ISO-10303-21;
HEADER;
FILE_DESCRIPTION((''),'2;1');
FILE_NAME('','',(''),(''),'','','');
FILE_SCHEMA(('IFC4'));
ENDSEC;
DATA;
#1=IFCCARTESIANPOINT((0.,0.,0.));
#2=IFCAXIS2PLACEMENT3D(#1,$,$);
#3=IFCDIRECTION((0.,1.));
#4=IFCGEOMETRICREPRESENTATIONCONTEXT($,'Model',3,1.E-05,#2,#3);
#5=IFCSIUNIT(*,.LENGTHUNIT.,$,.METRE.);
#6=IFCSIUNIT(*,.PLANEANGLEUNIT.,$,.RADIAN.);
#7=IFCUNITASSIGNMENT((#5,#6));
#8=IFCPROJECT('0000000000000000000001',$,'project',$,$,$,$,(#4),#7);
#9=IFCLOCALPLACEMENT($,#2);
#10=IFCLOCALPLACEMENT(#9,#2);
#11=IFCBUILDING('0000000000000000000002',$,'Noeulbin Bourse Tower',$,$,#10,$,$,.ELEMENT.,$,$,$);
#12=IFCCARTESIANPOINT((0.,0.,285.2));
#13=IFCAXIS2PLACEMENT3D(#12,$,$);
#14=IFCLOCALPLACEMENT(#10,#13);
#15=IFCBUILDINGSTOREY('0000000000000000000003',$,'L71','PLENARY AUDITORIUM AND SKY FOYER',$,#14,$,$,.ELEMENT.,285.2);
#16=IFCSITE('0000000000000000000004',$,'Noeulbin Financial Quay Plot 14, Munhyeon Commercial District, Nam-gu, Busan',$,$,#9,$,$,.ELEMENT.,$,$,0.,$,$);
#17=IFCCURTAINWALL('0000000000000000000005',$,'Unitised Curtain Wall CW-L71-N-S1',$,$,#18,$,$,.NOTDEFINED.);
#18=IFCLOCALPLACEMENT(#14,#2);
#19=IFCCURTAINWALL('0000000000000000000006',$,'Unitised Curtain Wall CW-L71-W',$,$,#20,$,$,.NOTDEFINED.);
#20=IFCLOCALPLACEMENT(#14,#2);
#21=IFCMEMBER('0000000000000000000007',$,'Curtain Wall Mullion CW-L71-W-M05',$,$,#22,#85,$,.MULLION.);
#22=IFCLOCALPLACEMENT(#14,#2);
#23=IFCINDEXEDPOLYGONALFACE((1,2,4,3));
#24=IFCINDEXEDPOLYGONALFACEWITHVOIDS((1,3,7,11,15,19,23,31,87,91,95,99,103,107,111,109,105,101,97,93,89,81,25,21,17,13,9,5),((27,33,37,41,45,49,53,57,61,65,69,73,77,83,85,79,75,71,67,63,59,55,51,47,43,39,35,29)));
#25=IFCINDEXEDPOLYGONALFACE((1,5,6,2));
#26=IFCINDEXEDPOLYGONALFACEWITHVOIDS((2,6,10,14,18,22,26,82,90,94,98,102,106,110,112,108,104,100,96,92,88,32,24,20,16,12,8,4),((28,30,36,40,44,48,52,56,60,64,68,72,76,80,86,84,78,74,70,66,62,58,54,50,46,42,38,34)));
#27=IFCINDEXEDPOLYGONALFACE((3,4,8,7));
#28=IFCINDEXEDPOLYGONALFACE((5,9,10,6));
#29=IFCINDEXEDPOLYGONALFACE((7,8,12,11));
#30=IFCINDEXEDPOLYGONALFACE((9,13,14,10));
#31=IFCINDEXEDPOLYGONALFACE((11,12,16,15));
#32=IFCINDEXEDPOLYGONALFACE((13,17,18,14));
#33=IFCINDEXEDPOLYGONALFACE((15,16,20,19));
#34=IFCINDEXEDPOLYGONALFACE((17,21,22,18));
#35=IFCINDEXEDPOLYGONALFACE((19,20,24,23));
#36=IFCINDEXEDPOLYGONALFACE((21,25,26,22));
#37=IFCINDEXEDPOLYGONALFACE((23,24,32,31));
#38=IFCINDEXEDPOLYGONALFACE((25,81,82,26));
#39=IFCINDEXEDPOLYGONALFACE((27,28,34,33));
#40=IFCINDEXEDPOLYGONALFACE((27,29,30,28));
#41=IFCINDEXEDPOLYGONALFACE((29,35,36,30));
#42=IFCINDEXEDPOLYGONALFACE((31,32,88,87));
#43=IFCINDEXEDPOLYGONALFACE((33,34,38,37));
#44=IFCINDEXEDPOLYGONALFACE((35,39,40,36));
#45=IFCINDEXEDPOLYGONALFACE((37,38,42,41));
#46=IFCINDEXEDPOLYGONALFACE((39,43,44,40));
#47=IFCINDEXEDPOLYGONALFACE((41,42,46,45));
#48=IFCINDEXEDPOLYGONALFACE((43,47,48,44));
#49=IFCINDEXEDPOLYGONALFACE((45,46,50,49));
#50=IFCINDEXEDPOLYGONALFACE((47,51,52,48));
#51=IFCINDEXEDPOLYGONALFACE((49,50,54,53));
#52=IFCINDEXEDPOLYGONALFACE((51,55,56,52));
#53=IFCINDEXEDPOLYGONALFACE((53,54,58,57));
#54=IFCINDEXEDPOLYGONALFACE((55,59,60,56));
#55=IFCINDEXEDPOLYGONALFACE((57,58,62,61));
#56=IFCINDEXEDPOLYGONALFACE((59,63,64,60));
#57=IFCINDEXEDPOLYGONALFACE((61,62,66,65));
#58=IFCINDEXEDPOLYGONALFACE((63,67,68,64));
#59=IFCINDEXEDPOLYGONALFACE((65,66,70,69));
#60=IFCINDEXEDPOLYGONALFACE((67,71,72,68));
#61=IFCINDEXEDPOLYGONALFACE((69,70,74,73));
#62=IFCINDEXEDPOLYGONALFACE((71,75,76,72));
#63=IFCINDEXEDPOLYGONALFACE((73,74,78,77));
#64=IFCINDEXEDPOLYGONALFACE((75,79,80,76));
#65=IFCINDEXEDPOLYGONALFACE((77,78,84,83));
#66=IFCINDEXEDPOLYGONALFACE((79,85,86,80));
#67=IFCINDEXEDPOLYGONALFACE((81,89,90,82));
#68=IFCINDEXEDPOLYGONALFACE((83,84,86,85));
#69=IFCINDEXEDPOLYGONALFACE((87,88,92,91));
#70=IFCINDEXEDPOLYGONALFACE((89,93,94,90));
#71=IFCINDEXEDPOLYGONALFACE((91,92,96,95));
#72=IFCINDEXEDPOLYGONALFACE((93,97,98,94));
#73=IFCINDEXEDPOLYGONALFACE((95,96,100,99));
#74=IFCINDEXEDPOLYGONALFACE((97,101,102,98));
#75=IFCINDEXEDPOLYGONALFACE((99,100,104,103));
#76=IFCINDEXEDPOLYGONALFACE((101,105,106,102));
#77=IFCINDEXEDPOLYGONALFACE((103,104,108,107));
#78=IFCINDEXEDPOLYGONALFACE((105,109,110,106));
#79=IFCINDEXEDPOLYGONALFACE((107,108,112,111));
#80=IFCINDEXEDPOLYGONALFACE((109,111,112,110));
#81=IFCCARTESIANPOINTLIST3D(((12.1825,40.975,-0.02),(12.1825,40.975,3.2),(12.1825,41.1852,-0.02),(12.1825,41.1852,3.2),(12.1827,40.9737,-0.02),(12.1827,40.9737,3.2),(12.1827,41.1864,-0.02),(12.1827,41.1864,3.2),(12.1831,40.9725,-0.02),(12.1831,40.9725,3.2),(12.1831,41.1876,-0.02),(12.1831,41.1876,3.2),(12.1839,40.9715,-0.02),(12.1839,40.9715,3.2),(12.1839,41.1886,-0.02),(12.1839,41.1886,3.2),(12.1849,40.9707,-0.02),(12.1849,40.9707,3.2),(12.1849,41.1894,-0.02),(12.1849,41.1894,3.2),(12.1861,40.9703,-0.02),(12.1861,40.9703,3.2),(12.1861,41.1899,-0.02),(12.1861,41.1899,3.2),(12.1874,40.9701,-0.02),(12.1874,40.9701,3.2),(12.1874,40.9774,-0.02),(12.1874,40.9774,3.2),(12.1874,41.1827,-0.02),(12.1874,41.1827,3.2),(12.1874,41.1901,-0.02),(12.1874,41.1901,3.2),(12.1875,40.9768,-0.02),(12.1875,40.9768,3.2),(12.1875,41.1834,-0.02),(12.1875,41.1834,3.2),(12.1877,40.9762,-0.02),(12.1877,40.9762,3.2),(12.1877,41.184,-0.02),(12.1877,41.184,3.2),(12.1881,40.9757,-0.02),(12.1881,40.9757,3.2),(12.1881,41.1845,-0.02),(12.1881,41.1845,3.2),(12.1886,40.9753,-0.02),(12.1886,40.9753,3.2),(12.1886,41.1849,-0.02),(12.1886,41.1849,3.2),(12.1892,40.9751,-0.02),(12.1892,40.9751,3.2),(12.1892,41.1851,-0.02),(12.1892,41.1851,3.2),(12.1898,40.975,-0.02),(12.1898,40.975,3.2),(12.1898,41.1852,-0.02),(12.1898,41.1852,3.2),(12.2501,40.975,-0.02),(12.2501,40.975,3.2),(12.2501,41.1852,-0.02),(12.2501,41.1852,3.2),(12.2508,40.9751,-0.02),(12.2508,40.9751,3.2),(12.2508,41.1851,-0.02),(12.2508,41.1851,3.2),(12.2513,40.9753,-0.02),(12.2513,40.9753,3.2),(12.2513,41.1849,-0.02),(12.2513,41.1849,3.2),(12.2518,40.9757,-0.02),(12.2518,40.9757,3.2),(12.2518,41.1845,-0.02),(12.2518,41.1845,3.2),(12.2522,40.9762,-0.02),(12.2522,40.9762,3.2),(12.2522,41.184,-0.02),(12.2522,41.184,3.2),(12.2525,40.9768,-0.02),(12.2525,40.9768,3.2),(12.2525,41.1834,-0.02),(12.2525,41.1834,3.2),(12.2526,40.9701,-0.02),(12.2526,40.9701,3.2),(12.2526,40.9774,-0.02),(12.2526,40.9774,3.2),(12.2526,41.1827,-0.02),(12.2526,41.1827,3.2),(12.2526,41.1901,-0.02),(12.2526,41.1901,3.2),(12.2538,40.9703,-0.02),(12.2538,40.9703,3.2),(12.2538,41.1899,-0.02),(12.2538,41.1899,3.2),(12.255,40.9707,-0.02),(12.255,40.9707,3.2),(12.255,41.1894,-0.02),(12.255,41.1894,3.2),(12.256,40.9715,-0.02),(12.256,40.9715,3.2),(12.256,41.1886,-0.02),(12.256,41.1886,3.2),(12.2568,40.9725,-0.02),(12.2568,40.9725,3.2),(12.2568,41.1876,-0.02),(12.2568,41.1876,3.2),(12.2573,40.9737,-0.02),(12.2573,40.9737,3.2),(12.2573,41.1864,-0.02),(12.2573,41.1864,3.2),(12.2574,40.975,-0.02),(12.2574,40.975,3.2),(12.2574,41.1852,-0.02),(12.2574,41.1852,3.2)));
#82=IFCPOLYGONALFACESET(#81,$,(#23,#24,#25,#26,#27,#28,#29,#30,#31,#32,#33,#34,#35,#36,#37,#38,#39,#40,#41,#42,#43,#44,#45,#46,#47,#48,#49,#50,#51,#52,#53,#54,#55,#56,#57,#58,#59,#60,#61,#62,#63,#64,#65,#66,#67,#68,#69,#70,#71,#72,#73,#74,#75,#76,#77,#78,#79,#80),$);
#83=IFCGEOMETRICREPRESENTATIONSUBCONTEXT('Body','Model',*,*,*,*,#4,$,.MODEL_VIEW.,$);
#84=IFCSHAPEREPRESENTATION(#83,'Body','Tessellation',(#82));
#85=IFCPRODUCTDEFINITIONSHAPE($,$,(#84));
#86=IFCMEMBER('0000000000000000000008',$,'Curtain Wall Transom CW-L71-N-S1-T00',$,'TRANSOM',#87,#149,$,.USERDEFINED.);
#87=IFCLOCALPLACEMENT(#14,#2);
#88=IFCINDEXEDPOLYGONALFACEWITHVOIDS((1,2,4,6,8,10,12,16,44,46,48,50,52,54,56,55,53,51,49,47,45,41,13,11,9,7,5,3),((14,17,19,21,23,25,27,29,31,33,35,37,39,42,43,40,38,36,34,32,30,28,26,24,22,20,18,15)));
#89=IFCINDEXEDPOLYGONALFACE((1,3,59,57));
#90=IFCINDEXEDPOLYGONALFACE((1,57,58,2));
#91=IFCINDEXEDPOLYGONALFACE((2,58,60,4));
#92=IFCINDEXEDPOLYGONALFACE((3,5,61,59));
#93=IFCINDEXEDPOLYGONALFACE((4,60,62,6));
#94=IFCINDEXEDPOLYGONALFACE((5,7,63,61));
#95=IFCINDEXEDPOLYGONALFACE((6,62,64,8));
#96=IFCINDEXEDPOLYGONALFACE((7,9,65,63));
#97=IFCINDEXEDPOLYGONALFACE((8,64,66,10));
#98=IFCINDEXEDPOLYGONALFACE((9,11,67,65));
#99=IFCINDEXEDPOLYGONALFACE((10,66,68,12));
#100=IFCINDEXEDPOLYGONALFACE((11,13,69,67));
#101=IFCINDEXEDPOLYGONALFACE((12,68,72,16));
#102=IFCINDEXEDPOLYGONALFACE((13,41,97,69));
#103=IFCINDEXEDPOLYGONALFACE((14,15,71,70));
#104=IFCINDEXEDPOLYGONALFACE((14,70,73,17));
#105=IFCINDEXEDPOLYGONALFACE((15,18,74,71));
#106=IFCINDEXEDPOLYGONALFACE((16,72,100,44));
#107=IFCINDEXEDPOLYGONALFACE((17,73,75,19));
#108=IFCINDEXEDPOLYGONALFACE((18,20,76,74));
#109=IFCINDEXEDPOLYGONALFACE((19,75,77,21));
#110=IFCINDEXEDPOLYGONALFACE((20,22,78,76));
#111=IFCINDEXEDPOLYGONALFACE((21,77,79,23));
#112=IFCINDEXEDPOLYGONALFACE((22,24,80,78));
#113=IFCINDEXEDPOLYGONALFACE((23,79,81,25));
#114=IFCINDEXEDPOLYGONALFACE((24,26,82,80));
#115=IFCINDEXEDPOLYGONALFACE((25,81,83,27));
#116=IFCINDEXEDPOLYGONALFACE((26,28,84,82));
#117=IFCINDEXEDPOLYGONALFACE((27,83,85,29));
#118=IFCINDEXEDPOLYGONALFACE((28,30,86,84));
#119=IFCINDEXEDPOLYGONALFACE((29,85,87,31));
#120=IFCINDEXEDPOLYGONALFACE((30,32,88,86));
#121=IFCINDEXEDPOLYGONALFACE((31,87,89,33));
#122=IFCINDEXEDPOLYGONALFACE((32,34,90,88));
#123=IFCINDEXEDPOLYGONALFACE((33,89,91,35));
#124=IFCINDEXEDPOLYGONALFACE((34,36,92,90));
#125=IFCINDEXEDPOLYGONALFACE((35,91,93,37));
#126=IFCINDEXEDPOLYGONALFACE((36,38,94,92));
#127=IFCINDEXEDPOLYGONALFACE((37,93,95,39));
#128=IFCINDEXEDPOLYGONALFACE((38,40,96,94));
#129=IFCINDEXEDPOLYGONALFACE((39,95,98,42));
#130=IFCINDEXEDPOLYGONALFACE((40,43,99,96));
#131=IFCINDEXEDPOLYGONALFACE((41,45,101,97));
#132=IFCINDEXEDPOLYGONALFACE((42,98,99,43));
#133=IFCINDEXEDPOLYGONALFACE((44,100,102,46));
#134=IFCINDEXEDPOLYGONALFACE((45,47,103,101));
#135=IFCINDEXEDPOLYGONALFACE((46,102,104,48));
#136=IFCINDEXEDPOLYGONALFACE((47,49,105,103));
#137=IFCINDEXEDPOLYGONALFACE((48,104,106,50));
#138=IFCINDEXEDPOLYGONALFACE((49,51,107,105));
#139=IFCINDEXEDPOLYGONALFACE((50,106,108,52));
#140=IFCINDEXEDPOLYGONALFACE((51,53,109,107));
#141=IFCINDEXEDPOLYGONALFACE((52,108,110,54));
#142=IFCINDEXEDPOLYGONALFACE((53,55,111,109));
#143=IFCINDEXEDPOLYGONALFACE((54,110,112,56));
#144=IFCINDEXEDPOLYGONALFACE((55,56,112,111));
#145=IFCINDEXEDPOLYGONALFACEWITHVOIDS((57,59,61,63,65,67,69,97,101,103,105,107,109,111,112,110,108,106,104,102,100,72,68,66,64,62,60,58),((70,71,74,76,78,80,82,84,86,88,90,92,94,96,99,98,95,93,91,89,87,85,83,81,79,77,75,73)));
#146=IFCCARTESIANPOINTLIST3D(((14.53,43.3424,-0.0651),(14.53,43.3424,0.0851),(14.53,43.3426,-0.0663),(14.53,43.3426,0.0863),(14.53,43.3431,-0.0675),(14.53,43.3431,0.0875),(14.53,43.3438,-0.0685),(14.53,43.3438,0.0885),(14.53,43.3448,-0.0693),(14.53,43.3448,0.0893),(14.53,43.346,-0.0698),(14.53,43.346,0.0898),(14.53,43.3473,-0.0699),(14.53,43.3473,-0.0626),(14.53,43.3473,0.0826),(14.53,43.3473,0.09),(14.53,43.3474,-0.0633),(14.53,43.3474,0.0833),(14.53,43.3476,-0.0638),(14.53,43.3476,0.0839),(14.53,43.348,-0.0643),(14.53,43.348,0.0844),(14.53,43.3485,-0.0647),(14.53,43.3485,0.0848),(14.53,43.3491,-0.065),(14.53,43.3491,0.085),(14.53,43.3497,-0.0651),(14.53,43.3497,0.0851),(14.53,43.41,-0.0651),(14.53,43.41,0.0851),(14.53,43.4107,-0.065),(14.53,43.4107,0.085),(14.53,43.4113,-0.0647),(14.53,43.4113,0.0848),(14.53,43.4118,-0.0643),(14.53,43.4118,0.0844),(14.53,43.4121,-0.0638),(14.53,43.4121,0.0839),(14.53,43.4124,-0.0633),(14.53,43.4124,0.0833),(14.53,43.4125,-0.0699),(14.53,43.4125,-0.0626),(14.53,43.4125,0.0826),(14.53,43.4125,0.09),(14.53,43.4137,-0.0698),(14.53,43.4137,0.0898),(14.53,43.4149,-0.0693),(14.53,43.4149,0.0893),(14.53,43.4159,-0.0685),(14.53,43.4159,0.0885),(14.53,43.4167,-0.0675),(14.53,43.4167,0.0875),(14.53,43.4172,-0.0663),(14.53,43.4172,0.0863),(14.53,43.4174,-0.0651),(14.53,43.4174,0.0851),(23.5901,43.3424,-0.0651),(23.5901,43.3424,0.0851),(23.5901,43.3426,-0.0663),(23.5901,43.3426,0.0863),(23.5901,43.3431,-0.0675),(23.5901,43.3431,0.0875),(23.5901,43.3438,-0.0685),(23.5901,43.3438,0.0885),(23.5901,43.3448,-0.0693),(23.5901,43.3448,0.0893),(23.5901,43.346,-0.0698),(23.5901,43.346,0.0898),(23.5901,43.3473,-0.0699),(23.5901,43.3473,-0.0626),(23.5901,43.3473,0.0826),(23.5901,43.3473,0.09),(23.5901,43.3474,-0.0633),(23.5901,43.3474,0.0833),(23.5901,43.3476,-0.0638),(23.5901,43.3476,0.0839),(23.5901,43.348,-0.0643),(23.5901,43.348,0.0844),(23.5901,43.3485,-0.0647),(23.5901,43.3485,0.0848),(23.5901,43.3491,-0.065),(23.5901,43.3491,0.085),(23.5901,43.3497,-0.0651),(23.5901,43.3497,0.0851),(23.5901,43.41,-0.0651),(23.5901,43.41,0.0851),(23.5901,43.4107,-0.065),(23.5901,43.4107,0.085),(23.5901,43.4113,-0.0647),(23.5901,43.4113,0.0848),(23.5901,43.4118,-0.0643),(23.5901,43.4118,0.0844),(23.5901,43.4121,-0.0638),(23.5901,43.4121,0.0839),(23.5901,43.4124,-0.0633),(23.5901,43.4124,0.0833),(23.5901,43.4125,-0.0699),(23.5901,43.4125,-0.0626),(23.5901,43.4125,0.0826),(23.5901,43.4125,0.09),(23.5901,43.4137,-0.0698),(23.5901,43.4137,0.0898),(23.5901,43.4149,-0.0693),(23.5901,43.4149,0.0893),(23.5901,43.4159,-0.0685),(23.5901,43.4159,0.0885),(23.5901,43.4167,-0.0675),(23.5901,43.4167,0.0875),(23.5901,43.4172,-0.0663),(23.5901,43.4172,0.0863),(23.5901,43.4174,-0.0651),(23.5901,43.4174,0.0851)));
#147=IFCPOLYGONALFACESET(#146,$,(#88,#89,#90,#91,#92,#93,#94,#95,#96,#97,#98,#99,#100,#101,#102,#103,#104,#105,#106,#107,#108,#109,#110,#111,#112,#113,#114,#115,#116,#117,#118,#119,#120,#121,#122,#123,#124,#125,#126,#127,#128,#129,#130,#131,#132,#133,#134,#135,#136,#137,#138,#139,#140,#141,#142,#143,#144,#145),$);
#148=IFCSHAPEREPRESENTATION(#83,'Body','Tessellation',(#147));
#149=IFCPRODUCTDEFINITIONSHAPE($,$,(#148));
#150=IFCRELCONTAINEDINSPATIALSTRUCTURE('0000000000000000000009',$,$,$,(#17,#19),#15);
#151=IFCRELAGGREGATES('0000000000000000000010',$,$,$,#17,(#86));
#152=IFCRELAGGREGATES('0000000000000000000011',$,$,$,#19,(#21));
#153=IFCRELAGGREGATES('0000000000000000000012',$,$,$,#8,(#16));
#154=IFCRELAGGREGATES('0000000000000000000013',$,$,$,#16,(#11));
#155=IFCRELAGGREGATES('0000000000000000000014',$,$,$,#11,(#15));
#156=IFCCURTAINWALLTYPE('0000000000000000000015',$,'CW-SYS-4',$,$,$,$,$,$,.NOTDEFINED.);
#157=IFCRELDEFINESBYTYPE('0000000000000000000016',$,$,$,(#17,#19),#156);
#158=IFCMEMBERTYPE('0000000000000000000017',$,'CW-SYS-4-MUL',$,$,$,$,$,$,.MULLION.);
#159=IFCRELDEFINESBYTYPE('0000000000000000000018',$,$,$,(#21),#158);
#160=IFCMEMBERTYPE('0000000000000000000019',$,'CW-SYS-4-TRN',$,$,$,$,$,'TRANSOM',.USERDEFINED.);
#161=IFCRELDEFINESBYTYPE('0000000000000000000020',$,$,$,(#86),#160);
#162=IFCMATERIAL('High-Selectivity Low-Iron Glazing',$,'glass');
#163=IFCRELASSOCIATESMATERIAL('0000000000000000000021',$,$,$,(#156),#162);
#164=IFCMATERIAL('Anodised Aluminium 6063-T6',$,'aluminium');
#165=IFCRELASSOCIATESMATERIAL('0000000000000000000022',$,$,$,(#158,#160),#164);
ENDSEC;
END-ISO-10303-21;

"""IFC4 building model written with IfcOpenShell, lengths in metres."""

from ifc_helpers import new_model, si_unit, direction, frame, origin, origin_2d, place, context, subcontext, project, spatial, hollow_rectangle, extrude, material, material_profile, profile_set, type_object, element, aggregate, save


model = new_model("IFC4")

# Units and contexts
model_context = context("Model", 3, precision=1e-05, world=origin(), true_north=direction((0.0, 1.0)))
body_context = subcontext(model_context, "Body", "Model", "MODEL_VIEW")
ifc_project = project(units=[si_unit("LENGTHUNIT", "METRE"), si_unit("PLANEANGLEUNIT", "RADIAN")], contexts=[model_context])

# Site, building, storey
site_placement = place(None, origin())
site = spatial("IfcSite", under=ifc_project, at=site_placement, Name="Noeulbin Financial Quay Plot 14, Munhyeon Commercial District, Nam-gu, Busan", CompositionType="ELEMENT", RefElevation=0.0)
building_placement = place(site_placement, origin())
building = spatial("IfcBuilding", under=site, at=building_placement, Name="Noeulbin Bourse Tower", CompositionType="ELEMENT")
storey_placement = place(building_placement, frame((0.0, 0.0, 285.2)))
storey = spatial("IfcBuildingStorey", under=building, at=storey_placement, Name="L71", Description="PLENARY AUDITORIUM AND SKY FOYER", CompositionType="ELEMENT", Elevation=285.2)

# Curtain wall
ifc_material_1 = material(Name="High-Selectivity Low-Iron Glazing", Category="glass")
curtain_wall_type = type_object("IfcCurtainWallType", Name="CW-SYS-4", PredefinedType="NOTDEFINED", material=ifc_material_1)
curtain_wall_1_placement = place(storey_placement, origin())
curtain_wall_1 = element("IfcCurtainWall", 1, at=curtain_wall_1_placement, inside=storey, type_object=curtain_wall_type, Name="Unitised Curtain Wall CW-L71-N-S1", PredefinedType="NOTDEFINED")
ifc_material_2 = material(Name="Anodised Aluminium 6063-T6", Category="aluminium")
ifc_material_profile_1 = material_profile(ifc_material_2, hollow_rectangle(XDim=0.075, YDim=0.22, WallThickness=0.0049, InnerFilletRadius=0.0024, OuterFilletRadius=0.0049, at=origin_2d()), Name="ALU-MULL-75x220x5", Category="LoadBearing")
ifc_profile_set_1 = profile_set([ifc_material_profile_1], Name="Anodised Aluminium 6063-T6")
member_type_1 = type_object("IfcMemberType", Name="CW-SYS-4-MUL", PredefinedType="MULLION", material=ifc_profile_set_1)

# Curtain wall, member
curtain_wall_2_placement = place(storey_placement, origin())
curtain_wall_2 = element("IfcCurtainWall", 2, at=curtain_wall_2_placement, inside=storey, type_object=curtain_wall_type, Name="Unitised Curtain Wall CW-L71-W", PredefinedType="NOTDEFINED")
member_1_placement = place(storey_placement, frame((12.22, 41.0801, -0.02), z_axis=(0.0, 0.0, 1.0), x_axis=(1.0, 0.0, 0.0)))
member_1 = element("IfcMember", 3, at=member_1_placement, type_object=member_type_1, Name="Curtain Wall Mullion CW-L71-W-M05", PredefinedType="MULLION", context=body_context, shape_type="SweptSolid", body=[
    extrude(hollow_rectangle(XDim=0.075, YDim=0.22, WallThickness=0.0049, InnerFilletRadius=0.0024, OuterFilletRadius=0.0049, at=origin_2d()), origin(), (0.0, 0.0, 1.0), 3.22),
])

# Member
ifc_material_profile_2 = material_profile(ifc_material_2, hollow_rectangle(XDim=0.075, YDim=0.1599, WallThickness=0.0049, InnerFilletRadius=0.0024, OuterFilletRadius=0.0049, at=origin_2d()), Name="ALU-TRAN-75x160x5", Category="LoadBearing")
ifc_profile_set_2 = profile_set([ifc_material_profile_2], Name="Anodised Aluminium 6063-T6")
member_type_2 = type_object("IfcMemberType", Name="CW-SYS-4-TRN", ElementType="TRANSOM", PredefinedType="USERDEFINED", material=ifc_profile_set_2)
member_2_placement = place(storey_placement, frame((14.53, 43.3799, 0.01), z_axis=(1.0, 0.0, 0.0), x_axis=(0.0, 1.0, 0.0)))
member_2 = element("IfcMember", 4, at=member_2_placement, type_object=member_type_2, Name="Curtain Wall Transom CW-L71-N-S1-T00", ObjectType="TRANSOM", PredefinedType="USERDEFINED", context=body_context, shape_type="SweptSolid", body=[
    extrude(hollow_rectangle(XDim=0.075, YDim=0.1599, WallThickness=0.0049, InnerFilletRadius=0.0024, OuterFilletRadius=0.0049, at=origin_2d()), origin(), (0.0, 0.0, 1.0), 9.0601),
])

aggregate(curtain_wall_1, [member_2])
aggregate(curtain_wall_2, [member_1])

save(model, "model.ifc")
